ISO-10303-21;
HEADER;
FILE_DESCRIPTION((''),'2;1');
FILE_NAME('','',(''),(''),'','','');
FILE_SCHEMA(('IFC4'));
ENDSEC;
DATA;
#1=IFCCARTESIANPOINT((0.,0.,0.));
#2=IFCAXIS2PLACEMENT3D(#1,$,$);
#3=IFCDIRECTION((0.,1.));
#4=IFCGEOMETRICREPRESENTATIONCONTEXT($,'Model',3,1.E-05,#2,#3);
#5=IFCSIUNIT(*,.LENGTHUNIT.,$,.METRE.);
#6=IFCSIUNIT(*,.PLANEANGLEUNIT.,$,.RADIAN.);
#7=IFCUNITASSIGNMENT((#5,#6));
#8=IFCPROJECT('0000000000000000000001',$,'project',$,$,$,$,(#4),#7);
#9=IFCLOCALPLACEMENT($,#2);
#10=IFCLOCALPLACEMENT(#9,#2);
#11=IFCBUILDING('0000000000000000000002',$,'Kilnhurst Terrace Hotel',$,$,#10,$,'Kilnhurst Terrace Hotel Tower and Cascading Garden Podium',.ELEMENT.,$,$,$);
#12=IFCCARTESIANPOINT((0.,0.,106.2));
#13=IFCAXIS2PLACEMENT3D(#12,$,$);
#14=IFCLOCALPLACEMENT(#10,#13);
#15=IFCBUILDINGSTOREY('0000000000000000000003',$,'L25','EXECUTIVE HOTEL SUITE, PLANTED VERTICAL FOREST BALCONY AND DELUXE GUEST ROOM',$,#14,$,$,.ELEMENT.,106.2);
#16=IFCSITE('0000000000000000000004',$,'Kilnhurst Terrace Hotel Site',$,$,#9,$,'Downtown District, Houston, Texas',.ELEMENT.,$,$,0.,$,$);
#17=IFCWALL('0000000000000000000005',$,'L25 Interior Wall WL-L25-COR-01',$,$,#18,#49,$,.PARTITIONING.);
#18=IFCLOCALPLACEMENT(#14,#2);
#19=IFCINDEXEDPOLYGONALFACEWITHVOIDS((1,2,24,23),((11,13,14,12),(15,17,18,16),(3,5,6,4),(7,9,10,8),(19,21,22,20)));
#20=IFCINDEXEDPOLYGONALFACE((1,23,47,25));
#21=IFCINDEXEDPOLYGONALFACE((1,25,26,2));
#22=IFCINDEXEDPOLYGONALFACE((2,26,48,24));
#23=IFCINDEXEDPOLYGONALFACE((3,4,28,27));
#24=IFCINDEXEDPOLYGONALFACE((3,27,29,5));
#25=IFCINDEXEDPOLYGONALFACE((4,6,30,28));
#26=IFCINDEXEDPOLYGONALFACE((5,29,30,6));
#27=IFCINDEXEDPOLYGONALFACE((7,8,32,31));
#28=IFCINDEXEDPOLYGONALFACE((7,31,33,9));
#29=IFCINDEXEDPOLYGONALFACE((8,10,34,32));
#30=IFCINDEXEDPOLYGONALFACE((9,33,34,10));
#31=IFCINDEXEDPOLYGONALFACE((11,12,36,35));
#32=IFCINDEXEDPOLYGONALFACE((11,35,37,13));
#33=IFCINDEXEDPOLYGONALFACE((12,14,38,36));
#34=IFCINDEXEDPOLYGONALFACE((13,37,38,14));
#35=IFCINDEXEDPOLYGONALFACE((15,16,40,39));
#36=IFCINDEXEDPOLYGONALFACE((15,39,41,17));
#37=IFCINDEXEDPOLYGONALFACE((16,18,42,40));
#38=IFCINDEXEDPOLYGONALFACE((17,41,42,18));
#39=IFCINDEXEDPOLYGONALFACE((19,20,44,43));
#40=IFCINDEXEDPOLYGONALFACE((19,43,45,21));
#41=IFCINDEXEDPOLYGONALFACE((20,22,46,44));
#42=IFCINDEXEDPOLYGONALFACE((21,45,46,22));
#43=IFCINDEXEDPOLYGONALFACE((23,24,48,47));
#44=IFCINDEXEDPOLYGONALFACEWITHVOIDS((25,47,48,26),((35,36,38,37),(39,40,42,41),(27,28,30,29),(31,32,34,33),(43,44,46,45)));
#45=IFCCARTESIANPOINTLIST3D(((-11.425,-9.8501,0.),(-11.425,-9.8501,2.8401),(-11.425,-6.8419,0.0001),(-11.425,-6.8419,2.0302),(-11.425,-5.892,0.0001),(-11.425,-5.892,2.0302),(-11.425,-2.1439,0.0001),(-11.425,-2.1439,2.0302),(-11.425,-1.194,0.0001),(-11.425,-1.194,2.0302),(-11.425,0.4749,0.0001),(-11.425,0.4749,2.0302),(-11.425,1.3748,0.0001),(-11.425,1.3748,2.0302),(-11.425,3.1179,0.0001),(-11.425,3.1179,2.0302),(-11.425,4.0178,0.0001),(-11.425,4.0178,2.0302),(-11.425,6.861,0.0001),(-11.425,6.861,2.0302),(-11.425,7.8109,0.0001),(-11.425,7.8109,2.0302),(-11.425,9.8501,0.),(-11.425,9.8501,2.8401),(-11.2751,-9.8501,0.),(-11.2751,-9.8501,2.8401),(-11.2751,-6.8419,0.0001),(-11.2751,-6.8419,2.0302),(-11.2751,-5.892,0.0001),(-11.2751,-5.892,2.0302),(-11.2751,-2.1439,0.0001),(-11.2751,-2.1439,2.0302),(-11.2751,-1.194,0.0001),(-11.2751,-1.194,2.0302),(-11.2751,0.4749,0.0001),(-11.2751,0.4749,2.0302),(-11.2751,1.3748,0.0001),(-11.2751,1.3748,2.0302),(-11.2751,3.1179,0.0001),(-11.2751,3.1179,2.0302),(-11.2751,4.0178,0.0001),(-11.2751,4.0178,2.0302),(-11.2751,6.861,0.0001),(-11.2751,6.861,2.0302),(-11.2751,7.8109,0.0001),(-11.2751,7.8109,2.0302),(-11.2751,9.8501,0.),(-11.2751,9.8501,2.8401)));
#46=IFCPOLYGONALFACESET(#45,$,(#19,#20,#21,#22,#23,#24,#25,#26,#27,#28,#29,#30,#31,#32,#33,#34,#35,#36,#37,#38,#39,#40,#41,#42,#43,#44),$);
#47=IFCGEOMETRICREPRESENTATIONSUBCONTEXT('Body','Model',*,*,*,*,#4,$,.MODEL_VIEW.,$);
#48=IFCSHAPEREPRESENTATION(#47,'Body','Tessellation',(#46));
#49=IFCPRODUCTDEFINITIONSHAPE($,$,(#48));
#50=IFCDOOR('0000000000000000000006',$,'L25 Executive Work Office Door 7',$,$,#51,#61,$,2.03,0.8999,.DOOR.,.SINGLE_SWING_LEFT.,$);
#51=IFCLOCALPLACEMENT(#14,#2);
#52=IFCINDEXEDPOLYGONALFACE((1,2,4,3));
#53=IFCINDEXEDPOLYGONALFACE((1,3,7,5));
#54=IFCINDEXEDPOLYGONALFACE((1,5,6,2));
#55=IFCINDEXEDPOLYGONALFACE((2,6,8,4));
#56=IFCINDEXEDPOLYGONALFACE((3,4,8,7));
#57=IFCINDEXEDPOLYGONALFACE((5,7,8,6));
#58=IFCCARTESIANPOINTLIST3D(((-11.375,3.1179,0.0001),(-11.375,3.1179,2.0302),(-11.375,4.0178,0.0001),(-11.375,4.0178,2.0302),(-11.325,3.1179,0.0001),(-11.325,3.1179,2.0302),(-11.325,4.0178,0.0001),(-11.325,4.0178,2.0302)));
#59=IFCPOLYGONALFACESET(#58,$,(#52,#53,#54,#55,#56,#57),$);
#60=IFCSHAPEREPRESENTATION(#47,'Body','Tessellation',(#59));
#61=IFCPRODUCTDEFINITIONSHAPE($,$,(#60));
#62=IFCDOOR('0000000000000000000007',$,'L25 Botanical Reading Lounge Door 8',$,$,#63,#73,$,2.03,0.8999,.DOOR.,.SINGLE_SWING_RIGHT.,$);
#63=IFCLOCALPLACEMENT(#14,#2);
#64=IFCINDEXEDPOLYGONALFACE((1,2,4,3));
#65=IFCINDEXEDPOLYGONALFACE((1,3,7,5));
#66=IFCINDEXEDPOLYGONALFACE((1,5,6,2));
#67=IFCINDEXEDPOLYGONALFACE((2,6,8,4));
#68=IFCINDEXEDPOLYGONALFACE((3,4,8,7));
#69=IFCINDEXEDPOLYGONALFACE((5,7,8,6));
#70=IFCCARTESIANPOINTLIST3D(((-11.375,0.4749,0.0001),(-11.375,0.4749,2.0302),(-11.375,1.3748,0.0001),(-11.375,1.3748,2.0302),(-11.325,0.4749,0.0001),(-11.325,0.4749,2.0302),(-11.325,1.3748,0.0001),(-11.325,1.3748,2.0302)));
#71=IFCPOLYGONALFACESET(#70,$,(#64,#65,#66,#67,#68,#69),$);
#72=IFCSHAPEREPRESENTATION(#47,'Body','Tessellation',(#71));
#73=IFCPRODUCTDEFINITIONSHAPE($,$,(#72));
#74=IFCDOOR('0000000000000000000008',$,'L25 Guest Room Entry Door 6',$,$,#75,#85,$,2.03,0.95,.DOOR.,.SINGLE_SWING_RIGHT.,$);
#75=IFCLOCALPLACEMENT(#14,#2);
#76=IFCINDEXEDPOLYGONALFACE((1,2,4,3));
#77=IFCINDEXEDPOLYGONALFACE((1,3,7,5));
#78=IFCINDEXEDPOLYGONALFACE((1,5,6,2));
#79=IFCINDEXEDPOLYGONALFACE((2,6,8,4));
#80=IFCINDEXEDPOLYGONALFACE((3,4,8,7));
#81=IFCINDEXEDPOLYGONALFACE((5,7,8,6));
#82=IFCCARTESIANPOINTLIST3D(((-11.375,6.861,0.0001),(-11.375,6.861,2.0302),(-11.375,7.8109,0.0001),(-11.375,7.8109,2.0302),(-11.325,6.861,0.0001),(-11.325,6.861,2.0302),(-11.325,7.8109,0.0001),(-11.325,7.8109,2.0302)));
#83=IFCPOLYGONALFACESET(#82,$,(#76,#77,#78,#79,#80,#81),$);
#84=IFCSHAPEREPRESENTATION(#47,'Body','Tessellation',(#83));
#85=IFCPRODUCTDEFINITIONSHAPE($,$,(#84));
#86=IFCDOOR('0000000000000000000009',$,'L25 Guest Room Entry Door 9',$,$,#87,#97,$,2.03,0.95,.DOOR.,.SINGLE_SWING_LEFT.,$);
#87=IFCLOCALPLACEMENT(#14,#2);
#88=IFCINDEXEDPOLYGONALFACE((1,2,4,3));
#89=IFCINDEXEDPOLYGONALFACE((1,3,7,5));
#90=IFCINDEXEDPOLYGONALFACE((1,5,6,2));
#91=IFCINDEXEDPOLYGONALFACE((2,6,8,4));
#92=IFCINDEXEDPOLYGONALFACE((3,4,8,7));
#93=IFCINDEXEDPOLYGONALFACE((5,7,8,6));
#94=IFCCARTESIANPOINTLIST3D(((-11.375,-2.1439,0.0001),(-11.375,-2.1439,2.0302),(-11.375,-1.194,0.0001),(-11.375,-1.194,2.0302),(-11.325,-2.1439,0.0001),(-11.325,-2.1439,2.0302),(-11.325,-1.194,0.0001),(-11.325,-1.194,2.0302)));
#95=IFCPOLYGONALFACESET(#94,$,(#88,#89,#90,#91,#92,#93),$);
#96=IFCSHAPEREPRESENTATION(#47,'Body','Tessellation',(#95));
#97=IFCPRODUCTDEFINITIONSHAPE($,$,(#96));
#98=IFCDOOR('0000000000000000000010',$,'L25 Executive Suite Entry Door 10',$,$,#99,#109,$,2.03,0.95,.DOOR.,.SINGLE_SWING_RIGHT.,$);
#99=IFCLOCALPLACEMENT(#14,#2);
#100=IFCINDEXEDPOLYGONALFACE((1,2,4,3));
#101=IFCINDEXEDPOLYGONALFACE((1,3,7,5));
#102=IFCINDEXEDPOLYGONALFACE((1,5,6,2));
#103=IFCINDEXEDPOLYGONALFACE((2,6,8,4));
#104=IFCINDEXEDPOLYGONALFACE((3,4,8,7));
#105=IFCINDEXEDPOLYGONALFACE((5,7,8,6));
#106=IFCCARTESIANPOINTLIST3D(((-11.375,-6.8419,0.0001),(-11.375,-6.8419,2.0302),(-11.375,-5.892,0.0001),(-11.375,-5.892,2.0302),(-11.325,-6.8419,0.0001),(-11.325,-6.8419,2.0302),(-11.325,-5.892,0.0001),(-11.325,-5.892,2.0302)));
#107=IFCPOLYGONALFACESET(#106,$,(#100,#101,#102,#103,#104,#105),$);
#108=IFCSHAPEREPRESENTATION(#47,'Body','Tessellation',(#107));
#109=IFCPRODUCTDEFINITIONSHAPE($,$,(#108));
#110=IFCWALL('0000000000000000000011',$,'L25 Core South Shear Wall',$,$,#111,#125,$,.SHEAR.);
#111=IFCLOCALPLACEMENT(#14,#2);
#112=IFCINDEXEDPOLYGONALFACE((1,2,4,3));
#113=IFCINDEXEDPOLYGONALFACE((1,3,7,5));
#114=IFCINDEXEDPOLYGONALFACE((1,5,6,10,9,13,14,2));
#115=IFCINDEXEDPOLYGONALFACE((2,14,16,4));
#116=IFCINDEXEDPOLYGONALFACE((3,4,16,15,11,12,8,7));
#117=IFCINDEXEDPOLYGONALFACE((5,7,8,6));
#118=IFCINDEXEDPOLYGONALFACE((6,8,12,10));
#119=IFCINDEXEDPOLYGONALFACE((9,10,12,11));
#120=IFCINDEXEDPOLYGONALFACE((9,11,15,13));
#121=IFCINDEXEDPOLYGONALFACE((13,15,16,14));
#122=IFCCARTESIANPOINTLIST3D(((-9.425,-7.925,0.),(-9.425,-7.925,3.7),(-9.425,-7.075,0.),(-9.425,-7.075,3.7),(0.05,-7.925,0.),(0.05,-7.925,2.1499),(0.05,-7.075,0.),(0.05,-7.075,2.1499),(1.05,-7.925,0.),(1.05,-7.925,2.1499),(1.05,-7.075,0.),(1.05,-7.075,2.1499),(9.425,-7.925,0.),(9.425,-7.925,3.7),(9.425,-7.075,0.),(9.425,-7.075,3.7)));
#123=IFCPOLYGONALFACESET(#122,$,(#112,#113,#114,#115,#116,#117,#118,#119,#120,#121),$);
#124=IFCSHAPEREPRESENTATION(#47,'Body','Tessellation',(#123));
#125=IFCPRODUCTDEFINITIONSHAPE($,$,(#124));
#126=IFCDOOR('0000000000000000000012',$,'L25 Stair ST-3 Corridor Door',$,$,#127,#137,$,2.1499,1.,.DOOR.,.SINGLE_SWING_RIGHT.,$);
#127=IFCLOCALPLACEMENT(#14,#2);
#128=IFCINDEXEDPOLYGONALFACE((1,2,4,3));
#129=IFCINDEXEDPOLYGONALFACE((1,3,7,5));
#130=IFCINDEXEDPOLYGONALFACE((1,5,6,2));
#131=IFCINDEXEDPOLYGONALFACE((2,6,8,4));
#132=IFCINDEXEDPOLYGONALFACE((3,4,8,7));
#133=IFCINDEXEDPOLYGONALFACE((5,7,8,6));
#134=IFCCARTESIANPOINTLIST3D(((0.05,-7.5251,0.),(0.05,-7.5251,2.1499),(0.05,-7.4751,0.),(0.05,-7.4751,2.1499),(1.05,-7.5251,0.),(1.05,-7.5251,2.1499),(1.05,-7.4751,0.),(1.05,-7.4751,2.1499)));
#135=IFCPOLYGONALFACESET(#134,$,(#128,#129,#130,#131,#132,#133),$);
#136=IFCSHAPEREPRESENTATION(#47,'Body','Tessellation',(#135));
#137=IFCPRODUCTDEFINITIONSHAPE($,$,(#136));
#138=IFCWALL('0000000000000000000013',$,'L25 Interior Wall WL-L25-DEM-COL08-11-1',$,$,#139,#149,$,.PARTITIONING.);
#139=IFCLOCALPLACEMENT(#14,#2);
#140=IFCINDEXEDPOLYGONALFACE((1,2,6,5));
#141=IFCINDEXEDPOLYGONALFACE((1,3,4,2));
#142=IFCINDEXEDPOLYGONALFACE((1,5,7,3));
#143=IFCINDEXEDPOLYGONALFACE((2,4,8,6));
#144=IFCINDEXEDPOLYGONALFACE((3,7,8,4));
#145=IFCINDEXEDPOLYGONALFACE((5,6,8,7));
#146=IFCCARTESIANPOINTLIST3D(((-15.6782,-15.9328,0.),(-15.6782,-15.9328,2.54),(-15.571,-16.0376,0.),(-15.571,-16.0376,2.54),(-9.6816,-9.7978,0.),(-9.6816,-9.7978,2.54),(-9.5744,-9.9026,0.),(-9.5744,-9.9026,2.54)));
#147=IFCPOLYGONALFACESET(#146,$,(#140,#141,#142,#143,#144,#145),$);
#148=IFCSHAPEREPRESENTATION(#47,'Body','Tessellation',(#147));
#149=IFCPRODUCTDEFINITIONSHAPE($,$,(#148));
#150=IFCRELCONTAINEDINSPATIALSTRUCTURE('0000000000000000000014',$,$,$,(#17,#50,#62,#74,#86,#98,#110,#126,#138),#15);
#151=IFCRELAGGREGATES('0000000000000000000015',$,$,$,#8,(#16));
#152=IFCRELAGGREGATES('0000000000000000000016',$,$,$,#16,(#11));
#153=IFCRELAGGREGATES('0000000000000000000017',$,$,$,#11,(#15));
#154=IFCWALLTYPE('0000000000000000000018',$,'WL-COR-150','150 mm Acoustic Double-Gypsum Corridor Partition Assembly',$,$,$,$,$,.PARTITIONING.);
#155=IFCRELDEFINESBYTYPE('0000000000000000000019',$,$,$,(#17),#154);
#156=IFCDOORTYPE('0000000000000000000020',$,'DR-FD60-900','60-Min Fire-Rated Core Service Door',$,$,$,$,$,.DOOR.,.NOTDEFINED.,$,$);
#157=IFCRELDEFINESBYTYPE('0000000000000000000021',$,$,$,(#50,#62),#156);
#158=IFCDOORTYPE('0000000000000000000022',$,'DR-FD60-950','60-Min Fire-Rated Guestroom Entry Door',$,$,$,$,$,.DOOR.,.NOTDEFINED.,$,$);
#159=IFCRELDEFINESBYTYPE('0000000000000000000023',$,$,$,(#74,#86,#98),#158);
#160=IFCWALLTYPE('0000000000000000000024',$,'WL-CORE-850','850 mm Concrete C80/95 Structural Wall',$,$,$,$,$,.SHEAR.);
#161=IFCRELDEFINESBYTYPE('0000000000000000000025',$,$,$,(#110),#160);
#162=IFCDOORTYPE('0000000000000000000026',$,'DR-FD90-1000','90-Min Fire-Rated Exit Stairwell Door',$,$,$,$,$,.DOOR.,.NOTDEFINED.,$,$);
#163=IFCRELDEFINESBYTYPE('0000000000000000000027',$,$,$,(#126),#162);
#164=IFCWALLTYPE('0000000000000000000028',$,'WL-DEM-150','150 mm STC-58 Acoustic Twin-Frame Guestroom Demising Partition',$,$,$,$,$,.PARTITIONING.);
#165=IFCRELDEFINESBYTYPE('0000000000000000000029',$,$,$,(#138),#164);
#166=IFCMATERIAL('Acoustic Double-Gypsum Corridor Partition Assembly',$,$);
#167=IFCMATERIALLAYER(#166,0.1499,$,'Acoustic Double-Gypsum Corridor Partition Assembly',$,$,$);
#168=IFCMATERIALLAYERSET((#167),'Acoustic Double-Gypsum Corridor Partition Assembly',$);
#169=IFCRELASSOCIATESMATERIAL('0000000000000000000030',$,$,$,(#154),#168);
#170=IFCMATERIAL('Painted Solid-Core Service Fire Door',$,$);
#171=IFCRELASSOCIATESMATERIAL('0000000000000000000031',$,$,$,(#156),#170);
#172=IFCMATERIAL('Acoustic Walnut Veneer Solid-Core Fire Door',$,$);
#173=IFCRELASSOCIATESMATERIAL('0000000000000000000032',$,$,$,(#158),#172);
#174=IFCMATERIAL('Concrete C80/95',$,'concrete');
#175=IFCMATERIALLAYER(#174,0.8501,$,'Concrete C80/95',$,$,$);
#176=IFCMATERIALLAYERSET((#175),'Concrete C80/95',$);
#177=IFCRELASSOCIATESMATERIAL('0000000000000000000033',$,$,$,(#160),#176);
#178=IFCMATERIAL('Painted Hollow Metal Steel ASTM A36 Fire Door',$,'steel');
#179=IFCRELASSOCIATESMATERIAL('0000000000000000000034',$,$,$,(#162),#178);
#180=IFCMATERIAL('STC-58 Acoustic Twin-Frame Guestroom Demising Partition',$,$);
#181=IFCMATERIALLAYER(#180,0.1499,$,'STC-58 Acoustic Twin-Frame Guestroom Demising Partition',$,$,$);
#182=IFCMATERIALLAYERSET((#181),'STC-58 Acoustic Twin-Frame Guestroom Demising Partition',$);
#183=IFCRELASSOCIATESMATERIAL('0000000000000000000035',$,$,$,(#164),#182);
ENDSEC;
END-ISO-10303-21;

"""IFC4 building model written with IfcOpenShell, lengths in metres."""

from ifc_helpers import new_model, si_unit, direction, frame, frame_2d, origin, place, context, subcontext, project, spatial, rectangle, extrude, material, layer, layer_set, type_object, element, fill, save


model = new_model("IFC4")

# Units and contexts
model_context = context("Model", 3, precision=1e-05, world=origin(), true_north=direction((0.0, 1.0)))
body_context = subcontext(model_context, "Body", "Model", "MODEL_VIEW")
ifc_project = project(units=[si_unit("LENGTHUNIT", "METRE"), si_unit("PLANEANGLEUNIT", "RADIAN")], contexts=[model_context])

# Site, building, storey
site_placement = place(None, origin())
site = spatial("IfcSite", under=ifc_project, at=site_placement, Name="Kilnhurst Terrace Hotel Site", LongName="Downtown District, Houston, Texas", CompositionType="ELEMENT", RefElevation=0.0)
building_placement = place(site_placement, origin())
building = spatial("IfcBuilding", under=site, at=building_placement, Name="Kilnhurst Terrace Hotel", LongName="Kilnhurst Terrace Hotel Tower and Cascading Garden Podium", CompositionType="ELEMENT")
storey_placement = place(building_placement, frame((0.0, 0.0, 106.2)))
storey = spatial("IfcBuildingStorey", under=building, at=storey_placement, Name="L25", Description="EXECUTIVE HOTEL SUITE, PLANTED VERTICAL FOREST BALCONY AND DELUXE GUEST ROOM", CompositionType="ELEMENT", Elevation=106.2)

# Shared definitions
ifc_material_1 = material(Name="Concrete C80/95", Category="concrete")

# Wall, openings, doors
ifc_material_2 = material(Name="Acoustic Double-Gypsum Corridor Partition Assembly")
ifc_layer_1 = layer(ifc_material_2, 0.1499, Name="Acoustic Double-Gypsum Corridor Partition Assembly")
ifc_layer_set_1 = layer_set([ifc_layer_1], Name="Acoustic Double-Gypsum Corridor Partition Assembly")
wall_type_1 = type_object("IfcWallType", Name="WL-COR-150", Description="150 mm Acoustic Double-Gypsum Corridor Partition Assembly", PredefinedType="PARTITIONING", material=ifc_layer_set_1)
wall_1_placement = place(storey_placement, frame((-11.3501, -9.8501, 0.0), z_axis=(0.0, 0.0, 1.0), x_axis=(0.0, 1.0, 0.0)))
wall_1 = element("IfcWall", 1, at=wall_1_placement, inside=storey, type_object=wall_type_1, Name="L25 Interior Wall WL-L25-COR-01", PredefinedType="PARTITIONING", context=body_context, shape_type="SweptSolid", body=[
    extrude(rectangle(XDim=19.7002, YDim=0.1499, at=frame_2d((9.8501, 0.0))), origin(), (0.0, 0.0, 1.0), 2.8401),
])
opening_1_placement = place(wall_1_placement, frame((16.7109, 0.0, 0.0)))
opening_1 = element("IfcOpeningElement", 2, at=opening_1_placement, cuts=wall_1, PredefinedType="OPENING", context=body_context, shape_type="SweptSolid", body=[
    extrude(rectangle(XDim=0.95, YDim=2.03, at=frame_2d((0.4751, 1.0151))), frame((0.0, 0.085, 0.0), z_axis=(0.0, -1.0, 0.0), x_axis=(1.0, 0.0, 0.0)), (0.0, 0.0, 1.0), 0.1699),
])
opening_2_placement = place(wall_1_placement, frame((12.968, 0.0, 0.0)))
opening_2 = element("IfcOpeningElement", 3, at=opening_2_placement, cuts=wall_1, PredefinedType="OPENING", context=body_context, shape_type="SweptSolid", body=[
    extrude(rectangle(XDim=0.8999, YDim=2.03, at=frame_2d((0.45, 1.0151))), frame((0.0, 0.085, 0.0), z_axis=(0.0, -1.0, 0.0), x_axis=(1.0, 0.0, 0.0)), (0.0, 0.0, 1.0), 0.1699),
])
opening_3_placement = place(wall_1_placement, frame((10.325, 0.0, 0.0)))
opening_3 = element("IfcOpeningElement", 4, at=opening_3_placement, cuts=wall_1, PredefinedType="OPENING", context=body_context, shape_type="SweptSolid", body=[
    extrude(rectangle(XDim=0.8999, YDim=2.03, at=frame_2d((0.45, 1.0151))), frame((0.0, 0.085, 0.0), z_axis=(0.0, -1.0, 0.0), x_axis=(1.0, 0.0, 0.0)), (0.0, 0.0, 1.0), 0.1699),
])
opening_4_placement = place(wall_1_placement, frame((7.7061, 0.0, 0.0)))
opening_4 = element("IfcOpeningElement", 5, at=opening_4_placement, cuts=wall_1, PredefinedType="OPENING", context=body_context, shape_type="SweptSolid", body=[
    extrude(rectangle(XDim=0.95, YDim=2.03, at=frame_2d((0.4751, 1.0151))), frame((0.0, 0.085, 0.0), z_axis=(0.0, -1.0, 0.0), x_axis=(1.0, 0.0, 0.0)), (0.0, 0.0, 1.0), 0.1699),
])
opening_5_placement = place(wall_1_placement, frame((3.0081, 0.0, 0.0)))
opening_5 = element("IfcOpeningElement", 6, at=opening_5_placement, cuts=wall_1, PredefinedType="OPENING", context=body_context, shape_type="SweptSolid", body=[
    extrude(rectangle(XDim=0.95, YDim=2.03, at=frame_2d((0.4751, 1.0151))), frame((0.0, 0.085, 0.0), z_axis=(0.0, -1.0, 0.0), x_axis=(1.0, 0.0, 0.0)), (0.0, 0.0, 1.0), 0.1699),
])
ifc_material_3 = material(Name="Painted Solid-Core Service Fire Door")
door_type_1 = type_object("IfcDoorType", Name="DR-FD60-900", Description="60-Min Fire-Rated Core Service Door", OperationType="NOTDEFINED", PredefinedType="DOOR", material=ifc_material_3)
door_1_placement = place(opening_2_placement, origin())
door_1 = element("IfcDoor", 7, at=door_1_placement, inside=storey, type_object=door_type_1, Name="L25 Executive Work Office Door 7", OperationType="SINGLE_SWING_LEFT", OverallHeight=2.03, OverallWidth=0.8999, PredefinedType="DOOR", context=body_context, shape_type="SweptSolid", body=[
    extrude(rectangle(XDim=0.8999, YDim=2.03, at=frame_2d((0.45, 1.0151))), frame((0.0, 0.0249, 0.0), z_axis=(0.0, -1.0, 0.0), x_axis=(1.0, 0.0, 0.0)), (0.0, 0.0, 1.0), 0.05),
])
fill(opening_2, door_1)
door_2_placement = place(opening_3_placement, origin())
door_2 = element("IfcDoor", 8, at=door_2_placement, inside=storey, type_object=door_type_1, Name="L25 Botanical Reading Lounge Door 8", OperationType="SINGLE_SWING_RIGHT", OverallHeight=2.03, OverallWidth=0.8999, PredefinedType="DOOR", context=body_context, shape_type="SweptSolid", body=[
    extrude(rectangle(XDim=0.8999, YDim=2.03, at=frame_2d((0.45, 1.0151))), frame((0.0, 0.0249, 0.0), z_axis=(0.0, -1.0, 0.0), x_axis=(1.0, 0.0, 0.0)), (0.0, 0.0, 1.0), 0.05),
])
fill(opening_3, door_2)
ifc_material_4 = material(Name="Acoustic Walnut Veneer Solid-Core Fire Door")
door_type_2 = type_object("IfcDoorType", Name="DR-FD60-950", Description="60-Min Fire-Rated Guestroom Entry Door", OperationType="NOTDEFINED", PredefinedType="DOOR", material=ifc_material_4)
door_3_placement = place(opening_1_placement, origin())
door_3 = element("IfcDoor", 9, at=door_3_placement, inside=storey, type_object=door_type_2, Name="L25 Guest Room Entry Door 6", OperationType="SINGLE_SWING_RIGHT", OverallHeight=2.03, OverallWidth=0.95, PredefinedType="DOOR", context=body_context, shape_type="SweptSolid", body=[
    extrude(rectangle(XDim=0.95, YDim=2.03, at=frame_2d((0.4751, 1.0151))), frame((0.0, 0.0249, 0.0), z_axis=(0.0, -1.0, 0.0), x_axis=(1.0, 0.0, 0.0)), (0.0, 0.0, 1.0), 0.05),
])
fill(opening_1, door_3)
door_4_placement = place(opening_4_placement, origin())
door_4 = element("IfcDoor", 10, at=door_4_placement, inside=storey, type_object=door_type_2, Name="L25 Guest Room Entry Door 9", OperationType="SINGLE_SWING_LEFT", OverallHeight=2.03, OverallWidth=0.95, PredefinedType="DOOR", context=body_context, shape_type="SweptSolid", body=[
    extrude(rectangle(XDim=0.95, YDim=2.03, at=frame_2d((0.4751, 1.0151))), frame((0.0, 0.0249, 0.0), z_axis=(0.0, -1.0, 0.0), x_axis=(1.0, 0.0, 0.0)), (0.0, 0.0, 1.0), 0.05),
])
fill(opening_4, door_4)
door_5_placement = place(opening_5_placement, origin())
door_5 = element("IfcDoor", 11, at=door_5_placement, inside=storey, type_object=door_type_2, Name="L25 Executive Suite Entry Door 10", OperationType="SINGLE_SWING_RIGHT", OverallHeight=2.03, OverallWidth=0.95, PredefinedType="DOOR", context=body_context, shape_type="SweptSolid", body=[
    extrude(rectangle(XDim=0.95, YDim=2.03, at=frame_2d((0.4751, 1.0151))), frame((0.0, 0.0249, 0.0), z_axis=(0.0, -1.0, 0.0), x_axis=(1.0, 0.0, 0.0)), (0.0, 0.0, 1.0), 0.05),
])
fill(opening_5, door_5)

# Wall, opening, door
ifc_layer_2 = layer(ifc_material_1, 0.8501, Name="Concrete C80/95")
ifc_layer_set_2 = layer_set([ifc_layer_2], Name="Concrete C80/95")
wall_type_2 = type_object("IfcWallType", Name="WL-CORE-850", Description="850 mm Concrete C80/95 Structural Wall", PredefinedType="SHEAR", material=ifc_layer_set_2)
wall_2_placement = place(storey_placement, frame((-9.425, -7.5, 0.0), z_axis=(0.0, 0.0, 1.0), x_axis=(1.0, 0.0, 0.0)))
wall_2 = element("IfcWall", 12, at=wall_2_placement, inside=storey, type_object=wall_type_2, Name="L25 Core South Shear Wall", PredefinedType="SHEAR", context=body_context, shape_type="SweptSolid", body=[
    extrude(rectangle(XDim=18.8501, YDim=0.8501, at=frame_2d((9.425, 0.0))), origin(), (0.0, 0.0, 1.0), 3.7),
])
opening_6_placement = place(wall_2_placement, frame((9.4751, 0.0, 0.0)))
opening_6 = element("IfcOpeningElement", 13, at=opening_6_placement, cuts=wall_2, PredefinedType="OPENING", context=body_context, shape_type="SweptSolid", body=[
    extrude(rectangle(XDim=1.0, YDim=2.1499, at=frame_2d((0.5, 1.075))), frame((0.0, 0.4351, 0.0), z_axis=(0.0, -1.0, 0.0), x_axis=(1.0, 0.0, 0.0)), (0.0, 0.0, 1.0), 0.8701),
])
ifc_material_5 = material(Name="Painted Hollow Metal Steel ASTM A36 Fire Door", Category="steel")
door_type_3 = type_object("IfcDoorType", Name="DR-FD90-1000", Description="90-Min Fire-Rated Exit Stairwell Door", OperationType="NOTDEFINED", PredefinedType="DOOR", material=ifc_material_5)
door_6_placement = place(opening_6_placement, origin())
door_6 = element("IfcDoor", 14, at=door_6_placement, inside=storey, type_object=door_type_3, Name="L25 Stair ST-3 Corridor Door", OperationType="SINGLE_SWING_RIGHT", OverallHeight=2.1499, OverallWidth=1.0, PredefinedType="DOOR", context=body_context, shape_type="SweptSolid", body=[
    extrude(rectangle(XDim=1.0, YDim=2.1499, at=frame_2d((0.5, 1.075))), frame((0.0, 0.0249, 0.0), z_axis=(0.0, -1.0, 0.0), x_axis=(1.0, 0.0, 0.0)), (0.0, 0.0, 1.0), 0.05),
])
fill(opening_6, door_6)

# Wall
ifc_material_6 = material(Name="STC-58 Acoustic Twin-Frame Guestroom Demising Partition")
ifc_layer_3 = layer(ifc_material_6, 0.1499, Name="STC-58 Acoustic Twin-Frame Guestroom Demising Partition")
ifc_layer_set_3 = layer_set([ifc_layer_3], Name="STC-58 Acoustic Twin-Frame Guestroom Demising Partition")
wall_type_3 = type_object("IfcWallType", Name="WL-DEM-150", Description="150 mm STC-58 Acoustic Twin-Frame Guestroom Demising Partition", PredefinedType="PARTITIONING", material=ifc_layer_set_3)
wall_3_placement = place(storey_placement, frame((-9.6279, -9.8501, 0.0), z_axis=(0.0, 0.0, 1.0), x_axis=(-0.698993, -0.715129, 0.0)))
element("IfcWall", 15, at=wall_3_placement, inside=storey, type_object=wall_type_3, Name="L25 Interior Wall WL-L25-DEM-COL08-11-1", PredefinedType="PARTITIONING", context=body_context, shape_type="SweptSolid", body=[
    extrude(rectangle(XDim=8.5789, YDim=0.1499, at=frame_2d((4.2896, 0.0))), origin(), (0.0, 0.0, 1.0), 2.54),
])

save(model, "model.ifc")
